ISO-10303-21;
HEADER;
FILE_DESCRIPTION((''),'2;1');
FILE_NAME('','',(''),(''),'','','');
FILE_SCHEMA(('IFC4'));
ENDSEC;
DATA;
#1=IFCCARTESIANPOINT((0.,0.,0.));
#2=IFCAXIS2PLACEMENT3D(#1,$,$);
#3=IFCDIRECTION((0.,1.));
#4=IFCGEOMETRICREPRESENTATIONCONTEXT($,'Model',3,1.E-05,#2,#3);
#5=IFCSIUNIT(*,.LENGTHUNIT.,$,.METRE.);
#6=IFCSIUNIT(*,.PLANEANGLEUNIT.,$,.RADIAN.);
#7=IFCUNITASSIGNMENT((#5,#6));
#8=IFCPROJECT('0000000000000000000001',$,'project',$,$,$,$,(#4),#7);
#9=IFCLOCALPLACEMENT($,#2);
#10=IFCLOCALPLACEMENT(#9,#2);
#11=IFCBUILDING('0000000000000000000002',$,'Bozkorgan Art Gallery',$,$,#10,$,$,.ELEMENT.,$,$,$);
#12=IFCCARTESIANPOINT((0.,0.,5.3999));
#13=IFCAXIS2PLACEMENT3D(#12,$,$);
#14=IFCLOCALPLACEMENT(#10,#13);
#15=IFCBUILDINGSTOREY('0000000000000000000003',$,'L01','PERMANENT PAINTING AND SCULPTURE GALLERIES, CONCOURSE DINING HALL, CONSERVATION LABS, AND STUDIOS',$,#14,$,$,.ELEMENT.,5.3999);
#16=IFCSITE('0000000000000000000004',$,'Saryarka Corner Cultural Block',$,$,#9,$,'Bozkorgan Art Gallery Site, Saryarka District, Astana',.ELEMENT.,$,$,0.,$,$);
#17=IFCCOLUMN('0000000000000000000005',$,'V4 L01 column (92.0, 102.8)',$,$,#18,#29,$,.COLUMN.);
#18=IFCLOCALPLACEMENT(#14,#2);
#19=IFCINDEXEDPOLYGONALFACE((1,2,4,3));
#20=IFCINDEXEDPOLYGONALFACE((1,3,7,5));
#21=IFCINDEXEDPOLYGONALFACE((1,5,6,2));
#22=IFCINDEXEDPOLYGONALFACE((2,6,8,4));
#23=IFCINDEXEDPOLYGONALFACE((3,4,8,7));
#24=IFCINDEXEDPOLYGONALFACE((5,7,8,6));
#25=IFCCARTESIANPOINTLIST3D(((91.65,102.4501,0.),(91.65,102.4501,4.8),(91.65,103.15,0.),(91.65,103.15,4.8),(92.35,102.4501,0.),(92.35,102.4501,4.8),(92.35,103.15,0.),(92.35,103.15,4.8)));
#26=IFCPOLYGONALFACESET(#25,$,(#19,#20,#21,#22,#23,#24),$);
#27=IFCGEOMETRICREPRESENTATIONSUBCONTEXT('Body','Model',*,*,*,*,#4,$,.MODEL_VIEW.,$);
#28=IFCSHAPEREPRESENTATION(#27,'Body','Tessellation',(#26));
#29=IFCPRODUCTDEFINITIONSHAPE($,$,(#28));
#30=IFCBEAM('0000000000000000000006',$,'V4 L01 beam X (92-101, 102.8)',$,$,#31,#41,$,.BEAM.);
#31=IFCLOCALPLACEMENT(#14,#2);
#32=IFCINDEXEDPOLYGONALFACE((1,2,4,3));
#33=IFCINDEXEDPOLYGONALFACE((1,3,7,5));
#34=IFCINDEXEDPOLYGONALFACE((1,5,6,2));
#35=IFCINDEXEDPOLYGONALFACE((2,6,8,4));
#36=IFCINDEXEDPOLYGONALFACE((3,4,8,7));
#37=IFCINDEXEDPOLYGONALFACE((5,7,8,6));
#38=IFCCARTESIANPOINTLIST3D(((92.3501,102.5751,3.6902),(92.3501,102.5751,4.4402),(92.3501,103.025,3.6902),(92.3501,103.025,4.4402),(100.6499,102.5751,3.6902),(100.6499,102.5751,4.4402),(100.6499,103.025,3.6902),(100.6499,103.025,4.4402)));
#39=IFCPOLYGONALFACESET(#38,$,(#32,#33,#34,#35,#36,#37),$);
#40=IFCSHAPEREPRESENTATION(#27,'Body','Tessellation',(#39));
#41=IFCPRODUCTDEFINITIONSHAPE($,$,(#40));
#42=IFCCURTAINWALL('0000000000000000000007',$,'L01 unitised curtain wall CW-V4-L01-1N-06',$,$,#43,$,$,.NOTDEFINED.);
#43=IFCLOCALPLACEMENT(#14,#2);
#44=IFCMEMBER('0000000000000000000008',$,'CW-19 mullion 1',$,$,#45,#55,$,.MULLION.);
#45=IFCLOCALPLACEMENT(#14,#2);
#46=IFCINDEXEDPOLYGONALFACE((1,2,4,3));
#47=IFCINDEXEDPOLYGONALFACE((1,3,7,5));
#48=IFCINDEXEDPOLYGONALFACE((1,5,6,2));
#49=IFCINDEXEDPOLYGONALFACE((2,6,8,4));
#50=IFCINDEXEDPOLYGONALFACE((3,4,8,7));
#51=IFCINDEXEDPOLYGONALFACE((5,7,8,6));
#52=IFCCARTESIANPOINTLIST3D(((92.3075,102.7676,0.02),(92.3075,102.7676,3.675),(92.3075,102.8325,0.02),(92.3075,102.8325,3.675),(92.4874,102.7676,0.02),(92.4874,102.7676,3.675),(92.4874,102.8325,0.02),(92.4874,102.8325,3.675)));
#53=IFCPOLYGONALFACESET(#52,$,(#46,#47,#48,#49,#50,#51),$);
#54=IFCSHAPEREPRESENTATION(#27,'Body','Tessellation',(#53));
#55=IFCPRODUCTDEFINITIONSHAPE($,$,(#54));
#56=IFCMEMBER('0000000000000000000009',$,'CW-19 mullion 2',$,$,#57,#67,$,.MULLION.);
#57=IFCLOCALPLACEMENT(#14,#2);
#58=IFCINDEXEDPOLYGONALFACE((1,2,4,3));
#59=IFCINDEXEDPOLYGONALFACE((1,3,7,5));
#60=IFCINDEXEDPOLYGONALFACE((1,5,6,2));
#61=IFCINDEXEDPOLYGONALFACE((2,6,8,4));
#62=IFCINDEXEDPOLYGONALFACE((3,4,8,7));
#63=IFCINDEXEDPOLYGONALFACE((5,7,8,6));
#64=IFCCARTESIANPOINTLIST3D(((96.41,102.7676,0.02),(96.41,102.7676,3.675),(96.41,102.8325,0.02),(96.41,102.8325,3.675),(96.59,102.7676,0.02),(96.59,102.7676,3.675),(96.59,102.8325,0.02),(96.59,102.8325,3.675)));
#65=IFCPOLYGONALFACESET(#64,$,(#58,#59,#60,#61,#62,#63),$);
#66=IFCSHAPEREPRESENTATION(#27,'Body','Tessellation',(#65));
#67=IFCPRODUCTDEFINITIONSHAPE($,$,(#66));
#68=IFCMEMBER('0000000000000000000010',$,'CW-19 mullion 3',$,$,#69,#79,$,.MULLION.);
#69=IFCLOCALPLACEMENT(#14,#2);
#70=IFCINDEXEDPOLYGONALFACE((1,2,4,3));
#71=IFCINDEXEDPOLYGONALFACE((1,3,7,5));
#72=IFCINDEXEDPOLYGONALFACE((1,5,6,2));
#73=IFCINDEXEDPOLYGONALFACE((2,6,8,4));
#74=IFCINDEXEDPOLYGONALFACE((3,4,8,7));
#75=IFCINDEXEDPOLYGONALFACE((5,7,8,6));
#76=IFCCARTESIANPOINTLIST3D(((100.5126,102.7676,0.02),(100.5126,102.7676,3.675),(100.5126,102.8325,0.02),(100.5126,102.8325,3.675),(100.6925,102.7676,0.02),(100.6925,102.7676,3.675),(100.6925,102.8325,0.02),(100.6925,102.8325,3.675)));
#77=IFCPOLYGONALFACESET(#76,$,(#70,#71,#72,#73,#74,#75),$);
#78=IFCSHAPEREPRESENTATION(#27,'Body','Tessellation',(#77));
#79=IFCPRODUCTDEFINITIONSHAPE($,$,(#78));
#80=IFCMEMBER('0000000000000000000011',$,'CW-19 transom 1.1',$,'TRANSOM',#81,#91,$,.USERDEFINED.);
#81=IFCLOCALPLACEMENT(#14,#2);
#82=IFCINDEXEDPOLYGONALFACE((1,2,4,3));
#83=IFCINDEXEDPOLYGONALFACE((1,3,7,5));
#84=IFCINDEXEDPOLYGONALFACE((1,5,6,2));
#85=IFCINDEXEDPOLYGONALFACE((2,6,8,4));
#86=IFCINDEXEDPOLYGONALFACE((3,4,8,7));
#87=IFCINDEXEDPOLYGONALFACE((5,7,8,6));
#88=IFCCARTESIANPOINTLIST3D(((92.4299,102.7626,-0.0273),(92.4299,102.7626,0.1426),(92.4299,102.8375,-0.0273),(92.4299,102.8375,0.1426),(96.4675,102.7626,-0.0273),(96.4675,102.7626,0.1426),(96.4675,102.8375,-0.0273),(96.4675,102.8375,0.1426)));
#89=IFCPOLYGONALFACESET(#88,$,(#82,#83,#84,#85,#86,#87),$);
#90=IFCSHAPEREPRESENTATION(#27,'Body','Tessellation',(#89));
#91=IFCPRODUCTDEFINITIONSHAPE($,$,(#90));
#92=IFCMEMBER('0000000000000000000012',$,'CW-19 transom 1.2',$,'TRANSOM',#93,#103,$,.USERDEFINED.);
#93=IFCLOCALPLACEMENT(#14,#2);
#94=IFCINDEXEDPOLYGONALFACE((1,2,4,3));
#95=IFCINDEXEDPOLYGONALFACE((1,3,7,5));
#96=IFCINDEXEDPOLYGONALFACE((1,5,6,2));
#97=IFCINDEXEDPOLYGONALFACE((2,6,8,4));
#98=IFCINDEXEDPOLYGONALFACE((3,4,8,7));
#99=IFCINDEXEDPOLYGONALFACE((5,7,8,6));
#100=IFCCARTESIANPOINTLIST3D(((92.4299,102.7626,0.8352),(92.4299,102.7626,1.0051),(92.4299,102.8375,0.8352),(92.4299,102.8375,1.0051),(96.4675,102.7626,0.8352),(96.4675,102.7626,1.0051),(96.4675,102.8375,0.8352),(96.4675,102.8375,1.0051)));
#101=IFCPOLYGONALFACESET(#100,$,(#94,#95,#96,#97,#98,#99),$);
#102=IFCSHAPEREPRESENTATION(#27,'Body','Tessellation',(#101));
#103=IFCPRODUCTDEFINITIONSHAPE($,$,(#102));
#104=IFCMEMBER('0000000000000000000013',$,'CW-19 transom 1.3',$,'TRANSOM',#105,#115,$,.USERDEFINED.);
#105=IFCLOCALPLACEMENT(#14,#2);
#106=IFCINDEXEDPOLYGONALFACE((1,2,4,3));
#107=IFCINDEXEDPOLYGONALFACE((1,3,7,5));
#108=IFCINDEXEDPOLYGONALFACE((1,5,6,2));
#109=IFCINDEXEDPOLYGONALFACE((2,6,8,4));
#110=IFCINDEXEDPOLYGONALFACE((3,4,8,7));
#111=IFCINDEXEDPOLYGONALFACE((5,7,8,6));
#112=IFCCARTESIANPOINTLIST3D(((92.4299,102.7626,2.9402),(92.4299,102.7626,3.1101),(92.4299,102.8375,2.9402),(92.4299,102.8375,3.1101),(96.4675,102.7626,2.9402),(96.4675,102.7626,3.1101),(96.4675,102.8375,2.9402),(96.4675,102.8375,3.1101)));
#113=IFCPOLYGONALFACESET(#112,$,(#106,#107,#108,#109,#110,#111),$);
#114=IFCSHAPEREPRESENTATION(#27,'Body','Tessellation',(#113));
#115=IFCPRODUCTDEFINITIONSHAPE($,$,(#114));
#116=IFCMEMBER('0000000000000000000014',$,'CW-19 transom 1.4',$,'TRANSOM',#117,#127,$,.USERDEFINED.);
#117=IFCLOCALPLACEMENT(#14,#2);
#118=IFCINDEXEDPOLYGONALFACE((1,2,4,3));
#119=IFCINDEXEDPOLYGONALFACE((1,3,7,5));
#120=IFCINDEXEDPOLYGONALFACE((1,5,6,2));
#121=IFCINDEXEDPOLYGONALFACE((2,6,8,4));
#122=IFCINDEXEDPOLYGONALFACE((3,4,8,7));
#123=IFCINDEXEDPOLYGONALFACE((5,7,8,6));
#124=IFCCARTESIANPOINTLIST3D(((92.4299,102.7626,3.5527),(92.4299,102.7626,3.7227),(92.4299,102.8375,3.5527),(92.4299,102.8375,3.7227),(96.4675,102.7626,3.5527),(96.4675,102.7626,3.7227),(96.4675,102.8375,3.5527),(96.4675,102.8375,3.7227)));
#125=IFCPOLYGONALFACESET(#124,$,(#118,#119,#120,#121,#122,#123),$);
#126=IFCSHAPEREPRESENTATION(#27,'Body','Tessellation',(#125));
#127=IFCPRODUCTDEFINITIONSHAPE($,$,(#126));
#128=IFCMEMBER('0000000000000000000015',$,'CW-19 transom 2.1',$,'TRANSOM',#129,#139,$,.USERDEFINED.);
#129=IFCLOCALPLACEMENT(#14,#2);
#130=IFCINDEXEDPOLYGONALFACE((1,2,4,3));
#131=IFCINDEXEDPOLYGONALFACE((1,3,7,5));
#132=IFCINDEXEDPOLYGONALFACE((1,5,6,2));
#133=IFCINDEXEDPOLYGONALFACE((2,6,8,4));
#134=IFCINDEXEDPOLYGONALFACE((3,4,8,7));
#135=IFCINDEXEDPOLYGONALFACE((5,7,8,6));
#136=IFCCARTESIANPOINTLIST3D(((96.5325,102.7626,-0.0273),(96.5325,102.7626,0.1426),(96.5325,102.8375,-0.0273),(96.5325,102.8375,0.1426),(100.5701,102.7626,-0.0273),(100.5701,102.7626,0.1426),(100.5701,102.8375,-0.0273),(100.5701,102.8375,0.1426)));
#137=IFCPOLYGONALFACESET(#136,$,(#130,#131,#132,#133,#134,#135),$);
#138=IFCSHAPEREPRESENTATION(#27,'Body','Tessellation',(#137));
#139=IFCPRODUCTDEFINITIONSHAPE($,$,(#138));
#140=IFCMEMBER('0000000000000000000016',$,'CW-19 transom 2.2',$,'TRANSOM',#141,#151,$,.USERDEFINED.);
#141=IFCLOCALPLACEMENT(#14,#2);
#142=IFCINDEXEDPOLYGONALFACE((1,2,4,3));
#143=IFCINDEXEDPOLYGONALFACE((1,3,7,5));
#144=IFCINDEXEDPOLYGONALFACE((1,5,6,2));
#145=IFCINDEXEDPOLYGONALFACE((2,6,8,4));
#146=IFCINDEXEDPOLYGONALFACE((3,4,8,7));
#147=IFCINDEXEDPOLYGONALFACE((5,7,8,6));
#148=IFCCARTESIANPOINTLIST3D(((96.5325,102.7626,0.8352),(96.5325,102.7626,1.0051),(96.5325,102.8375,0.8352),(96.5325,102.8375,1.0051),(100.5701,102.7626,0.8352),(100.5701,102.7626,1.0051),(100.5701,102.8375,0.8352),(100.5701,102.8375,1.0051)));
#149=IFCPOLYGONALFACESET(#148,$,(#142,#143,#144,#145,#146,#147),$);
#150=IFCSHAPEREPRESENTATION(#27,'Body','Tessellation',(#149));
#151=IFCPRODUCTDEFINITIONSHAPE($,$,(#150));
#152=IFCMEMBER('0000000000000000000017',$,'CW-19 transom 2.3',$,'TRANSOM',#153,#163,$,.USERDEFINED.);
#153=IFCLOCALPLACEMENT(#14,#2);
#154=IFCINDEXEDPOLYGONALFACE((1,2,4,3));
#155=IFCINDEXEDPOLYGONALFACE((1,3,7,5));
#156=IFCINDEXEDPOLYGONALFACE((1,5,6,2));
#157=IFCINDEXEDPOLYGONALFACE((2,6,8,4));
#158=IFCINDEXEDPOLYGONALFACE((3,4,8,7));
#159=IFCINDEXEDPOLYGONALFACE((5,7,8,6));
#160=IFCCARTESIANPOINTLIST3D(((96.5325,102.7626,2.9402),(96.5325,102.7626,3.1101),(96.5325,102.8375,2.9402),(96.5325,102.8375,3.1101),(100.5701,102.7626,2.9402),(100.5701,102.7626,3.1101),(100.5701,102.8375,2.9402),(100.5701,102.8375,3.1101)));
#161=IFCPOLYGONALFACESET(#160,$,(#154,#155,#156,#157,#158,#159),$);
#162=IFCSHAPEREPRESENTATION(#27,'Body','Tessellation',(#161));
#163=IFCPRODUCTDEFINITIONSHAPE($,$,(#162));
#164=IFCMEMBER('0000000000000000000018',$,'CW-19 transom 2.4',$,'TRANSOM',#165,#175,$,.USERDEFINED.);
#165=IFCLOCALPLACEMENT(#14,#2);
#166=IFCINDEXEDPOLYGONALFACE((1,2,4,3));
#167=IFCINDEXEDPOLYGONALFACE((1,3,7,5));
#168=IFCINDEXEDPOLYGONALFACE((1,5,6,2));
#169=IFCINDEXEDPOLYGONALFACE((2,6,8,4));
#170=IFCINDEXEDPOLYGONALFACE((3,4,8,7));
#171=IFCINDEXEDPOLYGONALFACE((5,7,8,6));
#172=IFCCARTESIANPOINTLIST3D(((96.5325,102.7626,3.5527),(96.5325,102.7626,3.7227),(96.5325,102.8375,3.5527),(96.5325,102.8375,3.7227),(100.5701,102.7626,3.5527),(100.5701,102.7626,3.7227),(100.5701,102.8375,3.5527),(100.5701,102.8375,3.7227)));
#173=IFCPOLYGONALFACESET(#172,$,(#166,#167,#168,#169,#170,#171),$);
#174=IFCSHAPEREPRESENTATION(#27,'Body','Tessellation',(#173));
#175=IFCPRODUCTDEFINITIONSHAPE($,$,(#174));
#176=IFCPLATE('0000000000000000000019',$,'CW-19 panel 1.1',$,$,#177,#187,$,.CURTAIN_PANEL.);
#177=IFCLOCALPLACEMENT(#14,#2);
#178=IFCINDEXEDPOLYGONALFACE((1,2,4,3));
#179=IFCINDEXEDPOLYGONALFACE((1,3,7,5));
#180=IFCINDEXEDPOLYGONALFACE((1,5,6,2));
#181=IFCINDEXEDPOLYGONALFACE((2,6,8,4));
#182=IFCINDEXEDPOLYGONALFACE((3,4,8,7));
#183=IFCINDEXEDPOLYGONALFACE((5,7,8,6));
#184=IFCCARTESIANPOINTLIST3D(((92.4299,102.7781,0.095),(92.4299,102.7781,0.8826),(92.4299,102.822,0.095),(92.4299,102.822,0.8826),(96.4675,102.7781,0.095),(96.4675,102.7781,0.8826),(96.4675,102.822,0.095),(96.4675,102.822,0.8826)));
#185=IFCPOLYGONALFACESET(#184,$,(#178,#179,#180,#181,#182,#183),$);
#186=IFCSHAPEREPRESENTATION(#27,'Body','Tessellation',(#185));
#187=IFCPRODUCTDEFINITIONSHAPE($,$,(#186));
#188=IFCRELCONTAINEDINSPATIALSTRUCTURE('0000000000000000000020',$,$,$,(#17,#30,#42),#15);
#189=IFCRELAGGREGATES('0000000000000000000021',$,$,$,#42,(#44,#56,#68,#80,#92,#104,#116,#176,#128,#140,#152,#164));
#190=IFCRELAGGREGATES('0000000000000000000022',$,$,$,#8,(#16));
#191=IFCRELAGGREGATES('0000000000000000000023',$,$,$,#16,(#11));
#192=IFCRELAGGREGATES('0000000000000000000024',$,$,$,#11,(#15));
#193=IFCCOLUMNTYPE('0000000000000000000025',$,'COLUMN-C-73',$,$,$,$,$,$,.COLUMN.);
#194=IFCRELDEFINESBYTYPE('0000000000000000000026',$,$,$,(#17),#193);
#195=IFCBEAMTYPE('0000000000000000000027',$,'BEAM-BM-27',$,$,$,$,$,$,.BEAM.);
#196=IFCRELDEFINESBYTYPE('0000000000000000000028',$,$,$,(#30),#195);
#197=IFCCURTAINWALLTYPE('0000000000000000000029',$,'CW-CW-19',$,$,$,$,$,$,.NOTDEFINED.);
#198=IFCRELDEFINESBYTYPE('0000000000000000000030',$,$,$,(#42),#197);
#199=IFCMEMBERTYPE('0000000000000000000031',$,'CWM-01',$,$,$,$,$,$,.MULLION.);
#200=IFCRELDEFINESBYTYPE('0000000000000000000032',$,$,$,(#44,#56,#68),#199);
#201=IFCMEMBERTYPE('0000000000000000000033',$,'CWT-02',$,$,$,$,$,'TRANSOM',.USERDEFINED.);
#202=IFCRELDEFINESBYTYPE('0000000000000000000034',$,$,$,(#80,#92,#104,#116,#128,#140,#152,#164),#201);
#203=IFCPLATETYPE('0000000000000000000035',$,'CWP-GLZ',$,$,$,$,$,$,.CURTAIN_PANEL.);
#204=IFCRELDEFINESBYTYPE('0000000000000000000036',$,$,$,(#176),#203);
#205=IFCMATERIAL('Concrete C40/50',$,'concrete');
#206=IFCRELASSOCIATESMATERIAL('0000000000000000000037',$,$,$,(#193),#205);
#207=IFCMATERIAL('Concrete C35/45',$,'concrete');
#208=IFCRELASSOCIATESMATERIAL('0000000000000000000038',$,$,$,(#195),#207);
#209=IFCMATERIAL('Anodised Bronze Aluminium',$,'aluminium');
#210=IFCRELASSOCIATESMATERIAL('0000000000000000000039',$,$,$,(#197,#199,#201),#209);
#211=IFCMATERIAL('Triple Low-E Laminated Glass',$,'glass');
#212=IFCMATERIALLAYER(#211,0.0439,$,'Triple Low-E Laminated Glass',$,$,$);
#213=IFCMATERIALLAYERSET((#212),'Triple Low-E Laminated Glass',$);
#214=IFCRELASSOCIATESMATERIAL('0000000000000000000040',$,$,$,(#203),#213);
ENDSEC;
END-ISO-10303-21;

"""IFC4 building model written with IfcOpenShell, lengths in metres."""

from ifc_helpers import new_model, si_unit, direction, frame, origin, origin_2d, place, context, subcontext, project, spatial, rectangle, extrude, material, layer, layer_set, material_profile, profile_set, type_object, element, aggregate, save


model = new_model("IFC4")

# Units and contexts
model_context = context("Model", 3, precision=1e-05, world=origin(), true_north=direction((0.0, 1.0)))
body_context = subcontext(model_context, "Body", "Model", "MODEL_VIEW")
ifc_project = project(units=[si_unit("LENGTHUNIT", "METRE"), si_unit("PLANEANGLEUNIT", "RADIAN")], contexts=[model_context])

# Site, building, storey
site_placement = place(None, origin())
site = spatial("IfcSite", under=ifc_project, at=site_placement, Name="Saryarka Corner Cultural Block", LongName="Bozkorgan Art Gallery Site, Saryarka District, Astana", CompositionType="ELEMENT", RefElevation=0.0)
building_placement = place(site_placement, origin())
building = spatial("IfcBuilding", under=site, at=building_placement, Name="Bozkorgan Art Gallery", CompositionType="ELEMENT")
storey_placement = place(building_placement, frame((0.0, 0.0, 5.3999)))
storey = spatial("IfcBuildingStorey", under=building, at=storey_placement, Name="L01", Description="PERMANENT PAINTING AND SCULPTURE GALLERIES, CONCOURSE DINING HALL, CONSERVATION LABS, AND STUDIOS", CompositionType="ELEMENT", Elevation=5.3999)

# Column
ifc_material_1 = material(Name="Concrete C40/50", Category="concrete")
ifc_material_profile_1 = material_profile(ifc_material_1, rectangle(XDim=0.7, YDim=0.7, at=origin_2d()), Name="RC 700x700")
ifc_profile_set_1 = profile_set([ifc_material_profile_1], Name="Concrete C40/50")
column_type = type_object("IfcColumnType", Name="COLUMN-C-73", PredefinedType="COLUMN", material=ifc_profile_set_1)
column_placement = place(storey_placement, frame((92.0, 102.8, 0.0), z_axis=(0.0, 0.0, 1.0), x_axis=(1.0, 0.0, 0.0)))
element("IfcColumn", 1, at=column_placement, inside=storey, type_object=column_type, Name="V4 L01 column (92.0, 102.8)", PredefinedType="COLUMN", context=body_context, shape_type="SweptSolid", body=[
    extrude(rectangle(XDim=0.7, YDim=0.7, at=origin_2d()), origin(), (0.0, 0.0, 1.0), 4.8),
])

# Beam
ifc_material_2 = material(Name="Concrete C35/45", Category="concrete")
ifc_material_profile_2 = material_profile(ifc_material_2, rectangle(XDim=0.45, YDim=0.75, at=origin_2d()), Name="RC 450x750")
ifc_profile_set_2 = profile_set([ifc_material_profile_2], Name="Concrete C35/45")
beam_type = type_object("IfcBeamType", Name="BEAM-BM-27", PredefinedType="BEAM", material=ifc_profile_set_2)
beam_placement = place(storey_placement, frame((92.3501, 102.8, 4.0652), z_axis=(1.0, 0.0, 0.0), x_axis=(0.0, 1.0, 0.0)))
element("IfcBeam", 2, at=beam_placement, inside=storey, type_object=beam_type, Name="V4 L01 beam X (92-101, 102.8)", PredefinedType="BEAM", context=body_context, shape_type="SweptSolid", body=[
    extrude(rectangle(XDim=0.45, YDim=0.75, at=origin_2d()), origin(), (0.0, 0.0, 1.0), 8.2998),
])

# Curtain wall, members, plate
ifc_material_3 = material(Name="Anodised Bronze Aluminium", Category="aluminium")
curtain_wall_type = type_object("IfcCurtainWallType", Name="CW-CW-19", PredefinedType="NOTDEFINED", material=ifc_material_3)
curtain_wall_placement = place(storey_placement, origin())
curtain_wall = element("IfcCurtainWall", 3, at=curtain_wall_placement, inside=storey, type_object=curtain_wall_type, Name="L01 unitised curtain wall CW-V4-L01-1N-06", PredefinedType="NOTDEFINED")
ifc_material_profile_3 = material_profile(ifc_material_3, rectangle(XDim=0.0649, YDim=0.1799, at=origin_2d()), Name="ALU MULLION 65x180")
ifc_profile_set_3 = profile_set([ifc_material_profile_3], Name="Anodised Bronze Aluminium")
member_type_1 = type_object("IfcMemberType", Name="CWM-01", PredefinedType="MULLION", material=ifc_profile_set_3)
member_1_placement = place(storey_placement, frame((92.3975, 102.8, 0.02), z_axis=(0.0, 0.0, 1.0), x_axis=(0.0, 1.0, 0.0)))
member_1 = element("IfcMember", 4, at=member_1_placement, type_object=member_type_1, Name="CW-19 mullion 1", PredefinedType="MULLION", context=body_context, shape_type="SweptSolid", body=[
    extrude(rectangle(XDim=0.0649, YDim=0.1799, at=origin_2d()), origin(), (0.0, 0.0, 1.0), 3.655),
])
member_2_placement = place(storey_placement, frame((96.5, 102.8, 0.02), z_axis=(0.0, 0.0, 1.0), x_axis=(0.0, 1.0, 0.0)))
member_2 = element("IfcMember", 5, at=member_2_placement, type_object=member_type_1, Name="CW-19 mullion 2", PredefinedType="MULLION", context=body_context, shape_type="SweptSolid", body=[
    extrude(rectangle(XDim=0.0649, YDim=0.1799, at=origin_2d()), origin(), (0.0, 0.0, 1.0), 3.655),
])
member_3_placement = place(storey_placement, frame((100.6025, 102.8, 0.02), z_axis=(0.0, 0.0, 1.0), x_axis=(0.0, 1.0, 0.0)))
member_3 = element("IfcMember", 6, at=member_3_placement, type_object=member_type_1, Name="CW-19 mullion 3", PredefinedType="MULLION", context=body_context, shape_type="SweptSolid", body=[
    extrude(rectangle(XDim=0.0649, YDim=0.1799, at=origin_2d()), origin(), (0.0, 0.0, 1.0), 3.655),
])
ifc_material_profile_4 = material_profile(ifc_material_3, rectangle(XDim=0.075, YDim=0.1699, at=origin_2d()), Name="ALU TRANSOM 75x170")
ifc_profile_set_4 = profile_set([ifc_material_profile_4], Name="Anodised Bronze Aluminium")
member_type_2 = type_object("IfcMemberType", Name="CWT-02", ElementType="TRANSOM", PredefinedType="USERDEFINED", material=ifc_profile_set_4)
member_4_placement = place(storey_placement, frame((92.4299, 102.8, 0.0576), z_axis=(1.0, 0.0, 0.0), x_axis=(0.0, 1.0, 0.0)))
member_4 = element("IfcMember", 7, at=member_4_placement, type_object=member_type_2, Name="CW-19 transom 1.1", ObjectType="TRANSOM", PredefinedType="USERDEFINED", context=body_context, shape_type="SweptSolid", body=[
    extrude(rectangle(XDim=0.075, YDim=0.1699, at=origin_2d()), origin(), (0.0, 0.0, 1.0), 4.0376),
])
member_5_placement = place(storey_placement, frame((92.4299, 102.8, 0.9202), z_axis=(1.0, 0.0, 0.0), x_axis=(0.0, 1.0, 0.0)))
member_5 = element("IfcMember", 8, at=member_5_placement, type_object=member_type_2, Name="CW-19 transom 1.2", ObjectType="TRANSOM", PredefinedType="USERDEFINED", context=body_context, shape_type="SweptSolid", body=[
    extrude(rectangle(XDim=0.075, YDim=0.1699, at=origin_2d()), origin(), (0.0, 0.0, 1.0), 4.0376),
])
member_6_placement = place(storey_placement, frame((92.4299, 102.8, 3.0251), z_axis=(1.0, 0.0, 0.0), x_axis=(0.0, 1.0, 0.0)))
member_6 = element("IfcMember", 9, at=member_6_placement, type_object=member_type_2, Name="CW-19 transom 1.3", ObjectType="TRANSOM", PredefinedType="USERDEFINED", context=body_context, shape_type="SweptSolid", body=[
    extrude(rectangle(XDim=0.075, YDim=0.1699, at=origin_2d()), origin(), (0.0, 0.0, 1.0), 4.0376),
])
member_7_placement = place(storey_placement, frame((92.4299, 102.8, 3.6377), z_axis=(1.0, 0.0, 0.0), x_axis=(0.0, 1.0, 0.0)))
member_7 = element("IfcMember", 10, at=member_7_placement, type_object=member_type_2, Name="CW-19 transom 1.4", ObjectType="TRANSOM", PredefinedType="USERDEFINED", context=body_context, shape_type="SweptSolid", body=[
    extrude(rectangle(XDim=0.075, YDim=0.1699, at=origin_2d()), origin(), (0.0, 0.0, 1.0), 4.0376),
])
member_8_placement = place(storey_placement, frame((96.5325, 102.8, 0.0576), z_axis=(1.0, 0.0, 0.0), x_axis=(0.0, 1.0, 0.0)))
member_8 = element("IfcMember", 11, at=member_8_placement, type_object=member_type_2, Name="CW-19 transom 2.1", ObjectType="TRANSOM", PredefinedType="USERDEFINED", context=body_context, shape_type="SweptSolid", body=[
    extrude(rectangle(XDim=0.075, YDim=0.1699, at=origin_2d()), origin(), (0.0, 0.0, 1.0), 4.0376),
])
member_9_placement = place(storey_placement, frame((96.5325, 102.8, 0.9202), z_axis=(1.0, 0.0, 0.0), x_axis=(0.0, 1.0, 0.0)))
member_9 = element("IfcMember", 12, at=member_9_placement, type_object=member_type_2, Name="CW-19 transom 2.2", ObjectType="TRANSOM", PredefinedType="USERDEFINED", context=body_context, shape_type="SweptSolid", body=[
    extrude(rectangle(XDim=0.075, YDim=0.1699, at=origin_2d()), origin(), (0.0, 0.0, 1.0), 4.0376),
])
member_10_placement = place(storey_placement, frame((96.5325, 102.8, 3.0251), z_axis=(1.0, 0.0, 0.0), x_axis=(0.0, 1.0, 0.0)))
member_10 = element("IfcMember", 13, at=member_10_placement, type_object=member_type_2, Name="CW-19 transom 2.3", ObjectType="TRANSOM", PredefinedType="USERDEFINED", context=body_context, shape_type="SweptSolid", body=[
    extrude(rectangle(XDim=0.075, YDim=0.1699, at=origin_2d()), origin(), (0.0, 0.0, 1.0), 4.0376),
])
member_11_placement = place(storey_placement, frame((96.5325, 102.8, 3.6377), z_axis=(1.0, 0.0, 0.0), x_axis=(0.0, 1.0, 0.0)))
member_11 = element("IfcMember", 14, at=member_11_placement, type_object=member_type_2, Name="CW-19 transom 2.4", ObjectType="TRANSOM", PredefinedType="USERDEFINED", context=body_context, shape_type="SweptSolid", body=[
    extrude(rectangle(XDim=0.075, YDim=0.1699, at=origin_2d()), origin(), (0.0, 0.0, 1.0), 4.0376),
])
ifc_material_4 = material(Name="Triple Low-E Laminated Glass", Category="glass")
ifc_layer_1 = layer(ifc_material_4, 0.0439, Name="Triple Low-E Laminated Glass")
ifc_layer_set_1 = layer_set([ifc_layer_1], Name="Triple Low-E Laminated Glass")
plate_type = type_object("IfcPlateType", Name="CWP-GLZ", PredefinedType="CURTAIN_PANEL", material=ifc_layer_set_1)
plate_1_placement = place(storey_placement, frame((94.4487, 102.8, 0.095), z_axis=(0.0, 0.0, 1.0), x_axis=(1.0, 0.0, 0.0)))
plate_1 = element("IfcPlate", 15, at=plate_1_placement, type_object=plate_type, Name="CW-19 panel 1.1", PredefinedType="CURTAIN_PANEL", context=body_context, shape_type="SweptSolid", body=[
    extrude(rectangle(XDim=4.0376, YDim=0.0439, at=origin_2d()), origin(), (0.0, 0.0, 1.0), 0.7876),
])
aggregate(curtain_wall, [member_1, member_2, member_3, member_4, member_5, member_6, member_7, plate_1, member_8, member_9, member_10, member_11])

save(model, "model.ifc")
